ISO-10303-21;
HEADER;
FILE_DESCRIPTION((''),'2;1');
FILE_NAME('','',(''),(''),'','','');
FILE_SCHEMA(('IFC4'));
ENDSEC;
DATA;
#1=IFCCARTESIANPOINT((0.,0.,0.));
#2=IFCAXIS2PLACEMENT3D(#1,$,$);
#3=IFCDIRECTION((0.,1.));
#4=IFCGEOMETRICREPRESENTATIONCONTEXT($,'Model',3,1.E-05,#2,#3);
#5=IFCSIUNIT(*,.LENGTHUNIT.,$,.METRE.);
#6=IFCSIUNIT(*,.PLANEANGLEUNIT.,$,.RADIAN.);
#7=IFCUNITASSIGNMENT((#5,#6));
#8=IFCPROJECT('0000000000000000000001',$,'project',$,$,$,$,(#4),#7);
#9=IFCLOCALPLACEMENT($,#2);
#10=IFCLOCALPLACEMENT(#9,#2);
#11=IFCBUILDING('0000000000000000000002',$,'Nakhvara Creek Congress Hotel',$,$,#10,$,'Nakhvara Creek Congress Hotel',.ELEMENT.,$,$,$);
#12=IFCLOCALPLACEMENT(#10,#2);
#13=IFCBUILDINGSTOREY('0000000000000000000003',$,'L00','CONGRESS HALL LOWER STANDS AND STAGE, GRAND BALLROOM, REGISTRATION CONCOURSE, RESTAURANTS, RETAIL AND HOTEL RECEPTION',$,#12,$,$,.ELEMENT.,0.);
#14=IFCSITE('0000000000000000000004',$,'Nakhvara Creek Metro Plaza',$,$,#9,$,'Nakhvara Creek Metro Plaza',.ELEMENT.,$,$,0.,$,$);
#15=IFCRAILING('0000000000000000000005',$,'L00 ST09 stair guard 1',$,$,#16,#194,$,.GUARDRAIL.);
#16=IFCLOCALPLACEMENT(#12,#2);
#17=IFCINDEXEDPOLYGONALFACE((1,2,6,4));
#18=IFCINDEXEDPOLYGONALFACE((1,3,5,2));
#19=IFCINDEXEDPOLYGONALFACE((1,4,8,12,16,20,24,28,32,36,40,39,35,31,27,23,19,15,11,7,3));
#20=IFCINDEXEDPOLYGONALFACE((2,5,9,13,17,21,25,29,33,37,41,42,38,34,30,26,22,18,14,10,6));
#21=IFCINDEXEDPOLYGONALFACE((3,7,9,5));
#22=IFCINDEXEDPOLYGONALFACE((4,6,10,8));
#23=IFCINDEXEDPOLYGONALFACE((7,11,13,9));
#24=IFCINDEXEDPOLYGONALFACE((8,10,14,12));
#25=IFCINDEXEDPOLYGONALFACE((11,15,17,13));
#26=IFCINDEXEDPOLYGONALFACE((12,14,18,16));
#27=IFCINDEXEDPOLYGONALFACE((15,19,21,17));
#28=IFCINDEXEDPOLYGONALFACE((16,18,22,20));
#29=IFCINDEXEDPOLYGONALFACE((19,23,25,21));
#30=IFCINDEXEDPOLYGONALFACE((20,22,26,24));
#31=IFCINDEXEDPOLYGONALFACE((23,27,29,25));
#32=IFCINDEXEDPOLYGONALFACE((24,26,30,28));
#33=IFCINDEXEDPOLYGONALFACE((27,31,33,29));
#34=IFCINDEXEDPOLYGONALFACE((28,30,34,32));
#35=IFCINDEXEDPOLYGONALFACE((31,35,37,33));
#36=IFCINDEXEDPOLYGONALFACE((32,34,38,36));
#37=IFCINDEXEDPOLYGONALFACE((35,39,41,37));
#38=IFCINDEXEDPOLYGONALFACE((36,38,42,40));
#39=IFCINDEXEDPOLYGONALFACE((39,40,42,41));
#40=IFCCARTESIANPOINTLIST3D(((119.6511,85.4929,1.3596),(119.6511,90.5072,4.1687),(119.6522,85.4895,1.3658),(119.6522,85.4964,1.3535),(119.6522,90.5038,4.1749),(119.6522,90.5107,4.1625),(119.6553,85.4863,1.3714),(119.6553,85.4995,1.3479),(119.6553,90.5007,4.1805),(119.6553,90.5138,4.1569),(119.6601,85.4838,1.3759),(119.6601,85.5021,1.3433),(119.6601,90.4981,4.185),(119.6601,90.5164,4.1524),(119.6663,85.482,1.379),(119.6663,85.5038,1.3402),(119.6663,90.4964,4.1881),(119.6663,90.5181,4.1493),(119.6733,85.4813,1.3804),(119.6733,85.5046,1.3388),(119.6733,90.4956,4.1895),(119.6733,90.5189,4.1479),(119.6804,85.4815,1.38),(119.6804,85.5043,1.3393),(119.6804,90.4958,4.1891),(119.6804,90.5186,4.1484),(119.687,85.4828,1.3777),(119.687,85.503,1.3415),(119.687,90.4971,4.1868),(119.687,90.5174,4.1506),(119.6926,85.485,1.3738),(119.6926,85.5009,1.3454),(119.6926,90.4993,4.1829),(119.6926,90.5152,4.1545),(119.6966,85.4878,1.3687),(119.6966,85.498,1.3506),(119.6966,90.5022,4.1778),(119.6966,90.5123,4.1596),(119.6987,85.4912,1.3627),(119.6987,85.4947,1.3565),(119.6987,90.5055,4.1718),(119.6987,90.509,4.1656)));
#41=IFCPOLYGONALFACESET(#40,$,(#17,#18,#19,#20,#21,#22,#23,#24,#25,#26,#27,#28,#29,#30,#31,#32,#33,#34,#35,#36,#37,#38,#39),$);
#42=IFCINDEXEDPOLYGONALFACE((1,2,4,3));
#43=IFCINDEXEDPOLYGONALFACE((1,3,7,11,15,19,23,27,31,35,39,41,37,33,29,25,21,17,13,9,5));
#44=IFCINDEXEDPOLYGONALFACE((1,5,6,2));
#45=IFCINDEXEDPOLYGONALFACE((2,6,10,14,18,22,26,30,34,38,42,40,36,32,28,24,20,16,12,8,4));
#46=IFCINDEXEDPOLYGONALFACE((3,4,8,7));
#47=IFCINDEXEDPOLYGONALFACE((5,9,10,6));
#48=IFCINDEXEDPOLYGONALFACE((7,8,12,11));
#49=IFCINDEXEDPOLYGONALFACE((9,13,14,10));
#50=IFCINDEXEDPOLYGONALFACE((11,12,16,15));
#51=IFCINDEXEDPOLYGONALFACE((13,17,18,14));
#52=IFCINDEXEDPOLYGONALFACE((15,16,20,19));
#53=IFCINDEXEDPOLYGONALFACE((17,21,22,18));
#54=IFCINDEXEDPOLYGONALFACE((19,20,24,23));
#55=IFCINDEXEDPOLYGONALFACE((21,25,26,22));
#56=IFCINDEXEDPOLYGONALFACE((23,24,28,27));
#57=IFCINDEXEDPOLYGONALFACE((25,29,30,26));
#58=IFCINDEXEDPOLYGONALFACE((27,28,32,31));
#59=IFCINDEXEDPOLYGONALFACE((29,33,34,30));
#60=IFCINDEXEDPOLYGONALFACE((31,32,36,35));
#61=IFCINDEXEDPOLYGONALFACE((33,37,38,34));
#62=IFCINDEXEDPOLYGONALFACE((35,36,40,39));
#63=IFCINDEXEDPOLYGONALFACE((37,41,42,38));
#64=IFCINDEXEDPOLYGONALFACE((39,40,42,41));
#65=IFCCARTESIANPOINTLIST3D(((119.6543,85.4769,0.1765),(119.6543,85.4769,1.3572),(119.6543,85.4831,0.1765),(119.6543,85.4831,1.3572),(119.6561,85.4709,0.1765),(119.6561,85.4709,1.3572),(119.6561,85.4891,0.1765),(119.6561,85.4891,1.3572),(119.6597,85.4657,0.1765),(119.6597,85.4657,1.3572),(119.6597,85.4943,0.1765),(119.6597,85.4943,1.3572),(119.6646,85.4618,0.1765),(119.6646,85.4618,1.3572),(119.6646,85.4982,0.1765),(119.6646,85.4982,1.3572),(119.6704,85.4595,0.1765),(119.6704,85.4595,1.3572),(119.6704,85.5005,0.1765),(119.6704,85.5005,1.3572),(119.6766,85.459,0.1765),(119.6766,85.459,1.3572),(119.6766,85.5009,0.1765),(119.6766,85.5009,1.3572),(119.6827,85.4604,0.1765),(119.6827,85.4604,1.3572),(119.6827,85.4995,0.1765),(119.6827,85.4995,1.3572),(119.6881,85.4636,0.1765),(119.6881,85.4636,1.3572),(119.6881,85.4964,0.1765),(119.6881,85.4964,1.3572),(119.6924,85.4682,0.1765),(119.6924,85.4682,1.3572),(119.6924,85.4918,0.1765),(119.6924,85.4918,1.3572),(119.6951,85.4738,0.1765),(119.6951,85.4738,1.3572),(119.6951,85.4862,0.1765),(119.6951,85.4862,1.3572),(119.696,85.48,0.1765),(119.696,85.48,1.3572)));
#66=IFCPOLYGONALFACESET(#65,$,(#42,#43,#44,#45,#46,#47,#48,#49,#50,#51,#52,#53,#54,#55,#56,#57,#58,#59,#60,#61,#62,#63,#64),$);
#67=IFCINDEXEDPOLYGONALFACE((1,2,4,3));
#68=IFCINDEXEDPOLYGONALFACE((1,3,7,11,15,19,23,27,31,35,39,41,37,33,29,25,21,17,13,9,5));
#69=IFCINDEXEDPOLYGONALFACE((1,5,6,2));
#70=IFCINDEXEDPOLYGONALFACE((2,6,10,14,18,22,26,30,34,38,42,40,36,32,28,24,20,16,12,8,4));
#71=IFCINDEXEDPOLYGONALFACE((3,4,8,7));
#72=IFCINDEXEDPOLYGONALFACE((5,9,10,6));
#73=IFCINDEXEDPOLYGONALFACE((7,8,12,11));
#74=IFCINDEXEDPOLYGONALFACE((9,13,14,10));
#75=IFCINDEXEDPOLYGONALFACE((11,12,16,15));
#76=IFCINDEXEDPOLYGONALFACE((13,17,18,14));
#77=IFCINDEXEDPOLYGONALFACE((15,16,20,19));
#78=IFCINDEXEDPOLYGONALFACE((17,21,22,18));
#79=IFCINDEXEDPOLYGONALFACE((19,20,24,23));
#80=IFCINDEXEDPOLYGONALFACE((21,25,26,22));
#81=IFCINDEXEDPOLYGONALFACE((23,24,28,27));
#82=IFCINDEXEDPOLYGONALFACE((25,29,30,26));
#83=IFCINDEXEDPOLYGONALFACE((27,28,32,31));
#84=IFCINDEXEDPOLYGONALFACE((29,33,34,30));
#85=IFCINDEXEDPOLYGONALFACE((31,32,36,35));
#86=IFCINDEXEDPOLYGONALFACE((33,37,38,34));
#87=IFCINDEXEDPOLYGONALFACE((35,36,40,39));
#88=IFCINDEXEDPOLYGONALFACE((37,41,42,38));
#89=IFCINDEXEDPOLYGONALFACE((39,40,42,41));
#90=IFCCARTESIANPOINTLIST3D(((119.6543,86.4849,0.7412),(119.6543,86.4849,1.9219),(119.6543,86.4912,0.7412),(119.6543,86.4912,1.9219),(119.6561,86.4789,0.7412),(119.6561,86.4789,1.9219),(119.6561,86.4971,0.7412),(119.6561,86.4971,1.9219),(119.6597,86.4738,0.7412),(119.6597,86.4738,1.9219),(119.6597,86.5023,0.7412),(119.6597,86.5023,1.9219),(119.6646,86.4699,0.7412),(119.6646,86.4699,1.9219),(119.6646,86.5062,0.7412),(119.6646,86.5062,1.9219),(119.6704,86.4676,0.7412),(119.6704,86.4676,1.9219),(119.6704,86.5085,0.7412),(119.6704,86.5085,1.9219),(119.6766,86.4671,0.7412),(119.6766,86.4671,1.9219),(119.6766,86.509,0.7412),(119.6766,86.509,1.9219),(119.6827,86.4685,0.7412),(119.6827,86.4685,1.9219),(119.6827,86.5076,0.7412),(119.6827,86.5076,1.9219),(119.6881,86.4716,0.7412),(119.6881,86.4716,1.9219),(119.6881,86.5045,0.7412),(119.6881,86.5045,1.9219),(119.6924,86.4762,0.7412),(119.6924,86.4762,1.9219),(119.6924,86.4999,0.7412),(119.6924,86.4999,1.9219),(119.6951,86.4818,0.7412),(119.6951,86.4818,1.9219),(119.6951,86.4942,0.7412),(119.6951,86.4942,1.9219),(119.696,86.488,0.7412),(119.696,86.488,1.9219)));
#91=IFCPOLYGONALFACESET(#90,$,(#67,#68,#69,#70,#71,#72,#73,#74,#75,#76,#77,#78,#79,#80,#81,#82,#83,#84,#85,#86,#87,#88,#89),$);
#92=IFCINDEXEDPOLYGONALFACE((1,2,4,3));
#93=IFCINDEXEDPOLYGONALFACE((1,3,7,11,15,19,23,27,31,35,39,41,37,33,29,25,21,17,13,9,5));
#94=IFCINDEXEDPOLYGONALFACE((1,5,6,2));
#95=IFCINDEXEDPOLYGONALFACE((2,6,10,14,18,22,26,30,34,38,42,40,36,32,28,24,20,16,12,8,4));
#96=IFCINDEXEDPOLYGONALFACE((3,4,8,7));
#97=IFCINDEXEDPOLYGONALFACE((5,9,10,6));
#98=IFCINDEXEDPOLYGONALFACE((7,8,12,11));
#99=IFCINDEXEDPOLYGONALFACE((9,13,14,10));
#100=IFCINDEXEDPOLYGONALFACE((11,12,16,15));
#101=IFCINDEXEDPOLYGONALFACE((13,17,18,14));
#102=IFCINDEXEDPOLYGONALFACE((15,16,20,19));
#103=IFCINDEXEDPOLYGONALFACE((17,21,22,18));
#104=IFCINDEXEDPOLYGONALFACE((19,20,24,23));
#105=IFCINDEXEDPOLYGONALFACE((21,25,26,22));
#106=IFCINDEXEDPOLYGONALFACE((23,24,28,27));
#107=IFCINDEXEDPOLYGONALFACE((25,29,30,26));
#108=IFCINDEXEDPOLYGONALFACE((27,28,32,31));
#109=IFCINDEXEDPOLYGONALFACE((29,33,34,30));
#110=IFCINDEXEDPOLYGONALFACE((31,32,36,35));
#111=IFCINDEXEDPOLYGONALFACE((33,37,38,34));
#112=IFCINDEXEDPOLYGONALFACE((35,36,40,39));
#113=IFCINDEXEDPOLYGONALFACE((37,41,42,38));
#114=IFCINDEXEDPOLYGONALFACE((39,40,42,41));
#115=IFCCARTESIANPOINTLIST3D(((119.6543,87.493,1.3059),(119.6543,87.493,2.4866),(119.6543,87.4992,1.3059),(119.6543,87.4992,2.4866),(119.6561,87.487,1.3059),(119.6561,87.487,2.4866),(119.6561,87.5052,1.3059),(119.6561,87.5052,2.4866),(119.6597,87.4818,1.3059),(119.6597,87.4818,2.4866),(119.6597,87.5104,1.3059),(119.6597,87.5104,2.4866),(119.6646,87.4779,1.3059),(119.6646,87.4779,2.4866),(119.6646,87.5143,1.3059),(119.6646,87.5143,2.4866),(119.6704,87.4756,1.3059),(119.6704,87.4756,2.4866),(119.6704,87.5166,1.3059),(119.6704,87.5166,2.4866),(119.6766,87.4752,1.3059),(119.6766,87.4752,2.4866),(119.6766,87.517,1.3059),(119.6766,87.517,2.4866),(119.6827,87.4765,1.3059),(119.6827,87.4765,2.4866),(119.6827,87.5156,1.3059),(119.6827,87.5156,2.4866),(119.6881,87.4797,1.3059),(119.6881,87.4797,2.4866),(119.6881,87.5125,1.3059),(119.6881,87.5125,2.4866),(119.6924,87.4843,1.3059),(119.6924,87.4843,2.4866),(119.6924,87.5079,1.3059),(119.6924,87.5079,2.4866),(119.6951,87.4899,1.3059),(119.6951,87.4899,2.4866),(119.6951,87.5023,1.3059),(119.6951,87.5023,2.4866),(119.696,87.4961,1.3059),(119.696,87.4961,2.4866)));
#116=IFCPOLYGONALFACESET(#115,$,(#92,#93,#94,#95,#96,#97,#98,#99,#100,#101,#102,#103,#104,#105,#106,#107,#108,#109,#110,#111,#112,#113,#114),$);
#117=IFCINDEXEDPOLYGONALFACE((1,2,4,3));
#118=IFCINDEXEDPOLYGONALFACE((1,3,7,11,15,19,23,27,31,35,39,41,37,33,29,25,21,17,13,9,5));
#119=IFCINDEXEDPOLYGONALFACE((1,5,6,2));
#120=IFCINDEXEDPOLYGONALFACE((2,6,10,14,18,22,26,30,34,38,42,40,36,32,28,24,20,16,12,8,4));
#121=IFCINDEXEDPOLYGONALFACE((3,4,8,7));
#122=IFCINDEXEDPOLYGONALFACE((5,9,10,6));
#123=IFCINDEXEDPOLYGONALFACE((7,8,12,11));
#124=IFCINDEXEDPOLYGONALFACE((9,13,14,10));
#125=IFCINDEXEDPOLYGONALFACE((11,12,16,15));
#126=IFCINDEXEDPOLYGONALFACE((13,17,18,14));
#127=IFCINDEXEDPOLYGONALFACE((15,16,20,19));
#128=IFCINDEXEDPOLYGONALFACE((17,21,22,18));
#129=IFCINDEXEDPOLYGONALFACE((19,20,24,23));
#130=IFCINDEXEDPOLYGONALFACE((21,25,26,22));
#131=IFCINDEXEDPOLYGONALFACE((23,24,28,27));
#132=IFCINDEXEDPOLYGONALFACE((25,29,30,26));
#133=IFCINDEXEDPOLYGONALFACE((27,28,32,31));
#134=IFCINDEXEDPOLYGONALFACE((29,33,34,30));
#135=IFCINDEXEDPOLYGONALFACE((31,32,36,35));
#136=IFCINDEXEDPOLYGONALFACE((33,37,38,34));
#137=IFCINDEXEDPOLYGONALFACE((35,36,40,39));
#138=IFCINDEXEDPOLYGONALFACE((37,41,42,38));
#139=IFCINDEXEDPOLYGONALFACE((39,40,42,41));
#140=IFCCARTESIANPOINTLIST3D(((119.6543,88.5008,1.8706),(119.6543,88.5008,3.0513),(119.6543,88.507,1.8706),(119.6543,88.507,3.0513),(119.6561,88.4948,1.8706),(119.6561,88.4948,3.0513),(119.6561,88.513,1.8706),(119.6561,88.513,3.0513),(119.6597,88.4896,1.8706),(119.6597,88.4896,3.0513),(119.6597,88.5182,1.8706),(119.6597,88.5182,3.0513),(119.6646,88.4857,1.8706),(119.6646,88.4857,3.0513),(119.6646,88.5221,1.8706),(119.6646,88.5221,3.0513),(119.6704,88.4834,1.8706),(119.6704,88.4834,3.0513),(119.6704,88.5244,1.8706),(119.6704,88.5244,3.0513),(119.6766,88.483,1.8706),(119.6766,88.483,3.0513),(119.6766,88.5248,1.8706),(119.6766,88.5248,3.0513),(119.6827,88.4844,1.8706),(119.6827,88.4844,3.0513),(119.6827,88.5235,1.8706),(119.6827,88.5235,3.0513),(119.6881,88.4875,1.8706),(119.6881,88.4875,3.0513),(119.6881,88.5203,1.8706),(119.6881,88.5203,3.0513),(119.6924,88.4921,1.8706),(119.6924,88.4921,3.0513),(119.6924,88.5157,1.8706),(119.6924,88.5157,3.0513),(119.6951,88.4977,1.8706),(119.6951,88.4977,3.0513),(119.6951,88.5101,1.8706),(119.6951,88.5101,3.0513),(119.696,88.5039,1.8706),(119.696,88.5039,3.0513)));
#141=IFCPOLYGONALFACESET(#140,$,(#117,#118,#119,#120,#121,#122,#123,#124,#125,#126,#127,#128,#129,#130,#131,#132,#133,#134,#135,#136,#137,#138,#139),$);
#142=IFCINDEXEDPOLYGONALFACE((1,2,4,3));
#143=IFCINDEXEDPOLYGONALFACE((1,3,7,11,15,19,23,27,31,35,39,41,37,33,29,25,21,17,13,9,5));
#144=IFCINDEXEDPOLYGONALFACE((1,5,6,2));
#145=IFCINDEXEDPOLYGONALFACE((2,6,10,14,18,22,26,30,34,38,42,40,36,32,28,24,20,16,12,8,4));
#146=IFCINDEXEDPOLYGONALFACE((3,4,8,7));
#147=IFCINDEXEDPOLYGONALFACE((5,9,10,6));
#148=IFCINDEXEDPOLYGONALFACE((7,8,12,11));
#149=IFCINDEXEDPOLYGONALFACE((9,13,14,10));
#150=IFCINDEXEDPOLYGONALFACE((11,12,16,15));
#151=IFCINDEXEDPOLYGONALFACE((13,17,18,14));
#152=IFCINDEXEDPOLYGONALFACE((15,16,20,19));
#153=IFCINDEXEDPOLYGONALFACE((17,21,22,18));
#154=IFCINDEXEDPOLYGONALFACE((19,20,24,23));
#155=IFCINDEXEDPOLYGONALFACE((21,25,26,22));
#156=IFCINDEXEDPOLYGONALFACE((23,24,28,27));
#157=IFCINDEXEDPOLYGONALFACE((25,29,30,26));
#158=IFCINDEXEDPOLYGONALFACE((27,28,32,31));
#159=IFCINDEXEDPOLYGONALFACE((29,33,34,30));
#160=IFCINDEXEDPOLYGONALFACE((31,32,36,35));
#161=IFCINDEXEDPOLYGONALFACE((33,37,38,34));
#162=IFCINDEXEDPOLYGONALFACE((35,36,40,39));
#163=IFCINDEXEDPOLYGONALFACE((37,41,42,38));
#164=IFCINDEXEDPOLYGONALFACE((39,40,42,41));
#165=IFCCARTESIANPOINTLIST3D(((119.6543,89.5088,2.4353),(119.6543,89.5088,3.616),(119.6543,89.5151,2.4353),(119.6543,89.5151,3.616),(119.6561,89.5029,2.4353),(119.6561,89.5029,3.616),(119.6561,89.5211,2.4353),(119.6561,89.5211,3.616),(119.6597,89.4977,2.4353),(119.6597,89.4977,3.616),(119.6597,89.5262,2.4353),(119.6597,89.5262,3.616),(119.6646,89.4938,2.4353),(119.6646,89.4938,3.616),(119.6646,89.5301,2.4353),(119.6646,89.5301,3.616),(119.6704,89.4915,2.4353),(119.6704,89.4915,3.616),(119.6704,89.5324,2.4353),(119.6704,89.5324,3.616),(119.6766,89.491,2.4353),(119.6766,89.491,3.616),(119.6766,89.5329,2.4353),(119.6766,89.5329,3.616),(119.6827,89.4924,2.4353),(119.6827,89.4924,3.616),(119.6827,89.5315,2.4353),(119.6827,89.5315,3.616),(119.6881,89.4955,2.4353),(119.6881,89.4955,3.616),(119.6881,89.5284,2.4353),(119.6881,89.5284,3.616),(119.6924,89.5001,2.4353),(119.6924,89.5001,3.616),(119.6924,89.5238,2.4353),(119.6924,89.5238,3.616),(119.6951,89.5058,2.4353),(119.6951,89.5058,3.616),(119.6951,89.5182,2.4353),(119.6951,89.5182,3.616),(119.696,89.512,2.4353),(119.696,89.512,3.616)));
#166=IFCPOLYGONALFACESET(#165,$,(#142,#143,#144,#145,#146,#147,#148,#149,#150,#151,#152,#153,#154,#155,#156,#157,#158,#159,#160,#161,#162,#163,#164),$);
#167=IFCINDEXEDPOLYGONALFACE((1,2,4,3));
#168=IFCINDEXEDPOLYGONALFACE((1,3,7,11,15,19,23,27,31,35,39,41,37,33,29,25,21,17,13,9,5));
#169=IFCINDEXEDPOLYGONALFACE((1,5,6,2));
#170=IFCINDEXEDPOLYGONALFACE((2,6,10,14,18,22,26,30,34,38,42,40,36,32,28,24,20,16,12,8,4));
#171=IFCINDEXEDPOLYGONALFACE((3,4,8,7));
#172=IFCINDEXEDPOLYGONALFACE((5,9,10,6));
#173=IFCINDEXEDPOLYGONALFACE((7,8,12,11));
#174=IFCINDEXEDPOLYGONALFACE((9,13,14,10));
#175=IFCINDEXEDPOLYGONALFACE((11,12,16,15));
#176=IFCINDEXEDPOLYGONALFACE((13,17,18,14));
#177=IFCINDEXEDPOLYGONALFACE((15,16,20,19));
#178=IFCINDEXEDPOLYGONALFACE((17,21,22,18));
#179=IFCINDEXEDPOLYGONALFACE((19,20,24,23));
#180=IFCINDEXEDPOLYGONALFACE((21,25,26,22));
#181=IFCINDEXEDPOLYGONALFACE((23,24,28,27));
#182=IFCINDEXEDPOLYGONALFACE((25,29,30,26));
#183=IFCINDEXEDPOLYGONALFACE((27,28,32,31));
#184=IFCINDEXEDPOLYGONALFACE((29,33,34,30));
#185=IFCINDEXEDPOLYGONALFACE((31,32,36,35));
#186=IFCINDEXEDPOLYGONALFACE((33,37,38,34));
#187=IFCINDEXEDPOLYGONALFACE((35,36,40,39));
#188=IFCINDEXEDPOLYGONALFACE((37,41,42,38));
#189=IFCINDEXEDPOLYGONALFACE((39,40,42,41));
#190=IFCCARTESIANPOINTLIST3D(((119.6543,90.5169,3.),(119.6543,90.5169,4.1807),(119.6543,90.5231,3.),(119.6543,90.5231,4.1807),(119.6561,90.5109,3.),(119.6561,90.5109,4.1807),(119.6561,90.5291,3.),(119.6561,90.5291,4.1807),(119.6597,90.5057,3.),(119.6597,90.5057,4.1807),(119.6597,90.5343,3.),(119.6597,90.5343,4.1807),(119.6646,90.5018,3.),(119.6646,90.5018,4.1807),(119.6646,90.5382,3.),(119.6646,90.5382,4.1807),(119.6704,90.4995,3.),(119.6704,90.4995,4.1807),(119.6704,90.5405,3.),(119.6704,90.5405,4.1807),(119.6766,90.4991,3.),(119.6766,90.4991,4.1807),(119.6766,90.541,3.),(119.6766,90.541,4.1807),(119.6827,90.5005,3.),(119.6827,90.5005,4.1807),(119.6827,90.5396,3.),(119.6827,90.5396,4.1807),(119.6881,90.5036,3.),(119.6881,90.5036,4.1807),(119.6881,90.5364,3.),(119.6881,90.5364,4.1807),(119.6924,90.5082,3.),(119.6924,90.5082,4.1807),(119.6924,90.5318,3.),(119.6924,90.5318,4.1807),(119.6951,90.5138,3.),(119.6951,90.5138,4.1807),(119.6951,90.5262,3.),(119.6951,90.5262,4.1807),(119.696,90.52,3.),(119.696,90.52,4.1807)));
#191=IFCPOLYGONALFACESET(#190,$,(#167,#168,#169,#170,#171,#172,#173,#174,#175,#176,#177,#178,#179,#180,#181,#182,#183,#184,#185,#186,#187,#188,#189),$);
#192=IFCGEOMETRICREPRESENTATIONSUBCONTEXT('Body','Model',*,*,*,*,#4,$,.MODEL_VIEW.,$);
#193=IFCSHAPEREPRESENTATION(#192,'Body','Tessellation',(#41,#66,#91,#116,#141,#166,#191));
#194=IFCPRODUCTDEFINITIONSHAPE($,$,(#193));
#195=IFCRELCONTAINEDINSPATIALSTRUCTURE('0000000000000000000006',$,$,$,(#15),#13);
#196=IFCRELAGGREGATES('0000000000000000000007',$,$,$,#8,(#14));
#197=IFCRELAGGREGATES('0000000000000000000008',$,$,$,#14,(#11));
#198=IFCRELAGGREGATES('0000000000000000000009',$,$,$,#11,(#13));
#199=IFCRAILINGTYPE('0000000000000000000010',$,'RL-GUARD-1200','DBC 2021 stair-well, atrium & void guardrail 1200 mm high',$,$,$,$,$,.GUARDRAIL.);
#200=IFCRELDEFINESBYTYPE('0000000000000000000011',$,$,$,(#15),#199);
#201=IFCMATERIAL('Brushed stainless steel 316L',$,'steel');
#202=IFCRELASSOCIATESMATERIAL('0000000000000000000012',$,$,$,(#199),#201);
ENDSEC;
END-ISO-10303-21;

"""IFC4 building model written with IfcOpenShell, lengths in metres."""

from ifc_helpers import new_model, si_unit, direction, frame, origin, origin_2d, place, context, subcontext, project, spatial, circle, extrude, material, type_object, element, save


model = new_model("IFC4")

# Units and contexts
model_context = context("Model", 3, precision=1e-05, world=origin(), true_north=direction((0.0, 1.0)))
body_context = subcontext(model_context, "Body", "Model", "MODEL_VIEW")
ifc_project = project(units=[si_unit("LENGTHUNIT", "METRE"), si_unit("PLANEANGLEUNIT", "RADIAN")], contexts=[model_context])

# Site, building, storey
site_placement = place(None, origin())
site = spatial("IfcSite", under=ifc_project, at=site_placement, Name="Nakhvara Creek Metro Plaza", LongName="Nakhvara Creek Metro Plaza", CompositionType="ELEMENT", RefElevation=0.0)
building_placement = place(site_placement, origin())
building = spatial("IfcBuilding", under=site, at=building_placement, Name="Nakhvara Creek Congress Hotel", LongName="Nakhvara Creek Congress Hotel", CompositionType="ELEMENT")
storey_placement = place(building_placement, origin())
storey = spatial("IfcBuildingStorey", under=building, at=storey_placement, Name="L00", Description="CONGRESS HALL LOWER STANDS AND STAGE, GRAND BALLROOM, REGISTRATION CONCOURSE, RESTAURANTS, RETAIL AND HOTEL RECEPTION", CompositionType="ELEMENT", Elevation=0.0)

# Railing
ifc_material_1 = material(Name="Brushed stainless steel 316L", Category="steel")
railing_type_1 = type_object("IfcRailingType", Name="RL-GUARD-1200", Description="DBC 2021 stair-well, atrium & void guardrail 1200 mm high", PredefinedType="GUARDRAIL", material=ifc_material_1)
railing_1_placement = place(storey_placement, frame((119.675, 85.48, 0.1765)))
element("IfcRailing", 1, at=railing_1_placement, inside=storey, type_object=railing_type_1, Name="L00 ST09 stair guard 1", PredefinedType="GUARDRAIL", context=body_context, shape_type="SweptSolid", body=[
    extrude(circle(Radius=0.0239, at=origin_2d()), frame((0.0, 0.0129, 1.1831), z_axis=(0.0, 0.872427, 0.488744), x_axis=(-1.0, 0.0, 0.0)), (0.0, 0.0, 1.0), 5.7476),
    extrude(circle(Radius=0.021, at=origin_2d()), origin(), (0.0, 0.0, 1.0), 1.1807),
    extrude(circle(Radius=0.021, at=origin_2d()), frame((0.0, 1.0081, 0.5647)), (0.0, 0.0, 1.0), 1.1807),
    extrude(circle(Radius=0.021, at=origin_2d()), frame((0.0, 2.0161, 1.1294)), (0.0, 0.0, 1.0), 1.1807),
    extrude(circle(Radius=0.021, at=origin_2d()), frame((0.0, 3.0239, 1.6941)), (0.0, 0.0, 1.0), 1.1807),
    extrude(circle(Radius=0.021, at=origin_2d()), frame((0.0, 4.032, 2.2588)), (0.0, 0.0, 1.0), 1.1807),
    extrude(circle(Radius=0.021, at=origin_2d()), frame((0.0, 5.04, 2.8235)), (0.0, 0.0, 1.0), 1.1807),
])

save(model, "model.ifc")
